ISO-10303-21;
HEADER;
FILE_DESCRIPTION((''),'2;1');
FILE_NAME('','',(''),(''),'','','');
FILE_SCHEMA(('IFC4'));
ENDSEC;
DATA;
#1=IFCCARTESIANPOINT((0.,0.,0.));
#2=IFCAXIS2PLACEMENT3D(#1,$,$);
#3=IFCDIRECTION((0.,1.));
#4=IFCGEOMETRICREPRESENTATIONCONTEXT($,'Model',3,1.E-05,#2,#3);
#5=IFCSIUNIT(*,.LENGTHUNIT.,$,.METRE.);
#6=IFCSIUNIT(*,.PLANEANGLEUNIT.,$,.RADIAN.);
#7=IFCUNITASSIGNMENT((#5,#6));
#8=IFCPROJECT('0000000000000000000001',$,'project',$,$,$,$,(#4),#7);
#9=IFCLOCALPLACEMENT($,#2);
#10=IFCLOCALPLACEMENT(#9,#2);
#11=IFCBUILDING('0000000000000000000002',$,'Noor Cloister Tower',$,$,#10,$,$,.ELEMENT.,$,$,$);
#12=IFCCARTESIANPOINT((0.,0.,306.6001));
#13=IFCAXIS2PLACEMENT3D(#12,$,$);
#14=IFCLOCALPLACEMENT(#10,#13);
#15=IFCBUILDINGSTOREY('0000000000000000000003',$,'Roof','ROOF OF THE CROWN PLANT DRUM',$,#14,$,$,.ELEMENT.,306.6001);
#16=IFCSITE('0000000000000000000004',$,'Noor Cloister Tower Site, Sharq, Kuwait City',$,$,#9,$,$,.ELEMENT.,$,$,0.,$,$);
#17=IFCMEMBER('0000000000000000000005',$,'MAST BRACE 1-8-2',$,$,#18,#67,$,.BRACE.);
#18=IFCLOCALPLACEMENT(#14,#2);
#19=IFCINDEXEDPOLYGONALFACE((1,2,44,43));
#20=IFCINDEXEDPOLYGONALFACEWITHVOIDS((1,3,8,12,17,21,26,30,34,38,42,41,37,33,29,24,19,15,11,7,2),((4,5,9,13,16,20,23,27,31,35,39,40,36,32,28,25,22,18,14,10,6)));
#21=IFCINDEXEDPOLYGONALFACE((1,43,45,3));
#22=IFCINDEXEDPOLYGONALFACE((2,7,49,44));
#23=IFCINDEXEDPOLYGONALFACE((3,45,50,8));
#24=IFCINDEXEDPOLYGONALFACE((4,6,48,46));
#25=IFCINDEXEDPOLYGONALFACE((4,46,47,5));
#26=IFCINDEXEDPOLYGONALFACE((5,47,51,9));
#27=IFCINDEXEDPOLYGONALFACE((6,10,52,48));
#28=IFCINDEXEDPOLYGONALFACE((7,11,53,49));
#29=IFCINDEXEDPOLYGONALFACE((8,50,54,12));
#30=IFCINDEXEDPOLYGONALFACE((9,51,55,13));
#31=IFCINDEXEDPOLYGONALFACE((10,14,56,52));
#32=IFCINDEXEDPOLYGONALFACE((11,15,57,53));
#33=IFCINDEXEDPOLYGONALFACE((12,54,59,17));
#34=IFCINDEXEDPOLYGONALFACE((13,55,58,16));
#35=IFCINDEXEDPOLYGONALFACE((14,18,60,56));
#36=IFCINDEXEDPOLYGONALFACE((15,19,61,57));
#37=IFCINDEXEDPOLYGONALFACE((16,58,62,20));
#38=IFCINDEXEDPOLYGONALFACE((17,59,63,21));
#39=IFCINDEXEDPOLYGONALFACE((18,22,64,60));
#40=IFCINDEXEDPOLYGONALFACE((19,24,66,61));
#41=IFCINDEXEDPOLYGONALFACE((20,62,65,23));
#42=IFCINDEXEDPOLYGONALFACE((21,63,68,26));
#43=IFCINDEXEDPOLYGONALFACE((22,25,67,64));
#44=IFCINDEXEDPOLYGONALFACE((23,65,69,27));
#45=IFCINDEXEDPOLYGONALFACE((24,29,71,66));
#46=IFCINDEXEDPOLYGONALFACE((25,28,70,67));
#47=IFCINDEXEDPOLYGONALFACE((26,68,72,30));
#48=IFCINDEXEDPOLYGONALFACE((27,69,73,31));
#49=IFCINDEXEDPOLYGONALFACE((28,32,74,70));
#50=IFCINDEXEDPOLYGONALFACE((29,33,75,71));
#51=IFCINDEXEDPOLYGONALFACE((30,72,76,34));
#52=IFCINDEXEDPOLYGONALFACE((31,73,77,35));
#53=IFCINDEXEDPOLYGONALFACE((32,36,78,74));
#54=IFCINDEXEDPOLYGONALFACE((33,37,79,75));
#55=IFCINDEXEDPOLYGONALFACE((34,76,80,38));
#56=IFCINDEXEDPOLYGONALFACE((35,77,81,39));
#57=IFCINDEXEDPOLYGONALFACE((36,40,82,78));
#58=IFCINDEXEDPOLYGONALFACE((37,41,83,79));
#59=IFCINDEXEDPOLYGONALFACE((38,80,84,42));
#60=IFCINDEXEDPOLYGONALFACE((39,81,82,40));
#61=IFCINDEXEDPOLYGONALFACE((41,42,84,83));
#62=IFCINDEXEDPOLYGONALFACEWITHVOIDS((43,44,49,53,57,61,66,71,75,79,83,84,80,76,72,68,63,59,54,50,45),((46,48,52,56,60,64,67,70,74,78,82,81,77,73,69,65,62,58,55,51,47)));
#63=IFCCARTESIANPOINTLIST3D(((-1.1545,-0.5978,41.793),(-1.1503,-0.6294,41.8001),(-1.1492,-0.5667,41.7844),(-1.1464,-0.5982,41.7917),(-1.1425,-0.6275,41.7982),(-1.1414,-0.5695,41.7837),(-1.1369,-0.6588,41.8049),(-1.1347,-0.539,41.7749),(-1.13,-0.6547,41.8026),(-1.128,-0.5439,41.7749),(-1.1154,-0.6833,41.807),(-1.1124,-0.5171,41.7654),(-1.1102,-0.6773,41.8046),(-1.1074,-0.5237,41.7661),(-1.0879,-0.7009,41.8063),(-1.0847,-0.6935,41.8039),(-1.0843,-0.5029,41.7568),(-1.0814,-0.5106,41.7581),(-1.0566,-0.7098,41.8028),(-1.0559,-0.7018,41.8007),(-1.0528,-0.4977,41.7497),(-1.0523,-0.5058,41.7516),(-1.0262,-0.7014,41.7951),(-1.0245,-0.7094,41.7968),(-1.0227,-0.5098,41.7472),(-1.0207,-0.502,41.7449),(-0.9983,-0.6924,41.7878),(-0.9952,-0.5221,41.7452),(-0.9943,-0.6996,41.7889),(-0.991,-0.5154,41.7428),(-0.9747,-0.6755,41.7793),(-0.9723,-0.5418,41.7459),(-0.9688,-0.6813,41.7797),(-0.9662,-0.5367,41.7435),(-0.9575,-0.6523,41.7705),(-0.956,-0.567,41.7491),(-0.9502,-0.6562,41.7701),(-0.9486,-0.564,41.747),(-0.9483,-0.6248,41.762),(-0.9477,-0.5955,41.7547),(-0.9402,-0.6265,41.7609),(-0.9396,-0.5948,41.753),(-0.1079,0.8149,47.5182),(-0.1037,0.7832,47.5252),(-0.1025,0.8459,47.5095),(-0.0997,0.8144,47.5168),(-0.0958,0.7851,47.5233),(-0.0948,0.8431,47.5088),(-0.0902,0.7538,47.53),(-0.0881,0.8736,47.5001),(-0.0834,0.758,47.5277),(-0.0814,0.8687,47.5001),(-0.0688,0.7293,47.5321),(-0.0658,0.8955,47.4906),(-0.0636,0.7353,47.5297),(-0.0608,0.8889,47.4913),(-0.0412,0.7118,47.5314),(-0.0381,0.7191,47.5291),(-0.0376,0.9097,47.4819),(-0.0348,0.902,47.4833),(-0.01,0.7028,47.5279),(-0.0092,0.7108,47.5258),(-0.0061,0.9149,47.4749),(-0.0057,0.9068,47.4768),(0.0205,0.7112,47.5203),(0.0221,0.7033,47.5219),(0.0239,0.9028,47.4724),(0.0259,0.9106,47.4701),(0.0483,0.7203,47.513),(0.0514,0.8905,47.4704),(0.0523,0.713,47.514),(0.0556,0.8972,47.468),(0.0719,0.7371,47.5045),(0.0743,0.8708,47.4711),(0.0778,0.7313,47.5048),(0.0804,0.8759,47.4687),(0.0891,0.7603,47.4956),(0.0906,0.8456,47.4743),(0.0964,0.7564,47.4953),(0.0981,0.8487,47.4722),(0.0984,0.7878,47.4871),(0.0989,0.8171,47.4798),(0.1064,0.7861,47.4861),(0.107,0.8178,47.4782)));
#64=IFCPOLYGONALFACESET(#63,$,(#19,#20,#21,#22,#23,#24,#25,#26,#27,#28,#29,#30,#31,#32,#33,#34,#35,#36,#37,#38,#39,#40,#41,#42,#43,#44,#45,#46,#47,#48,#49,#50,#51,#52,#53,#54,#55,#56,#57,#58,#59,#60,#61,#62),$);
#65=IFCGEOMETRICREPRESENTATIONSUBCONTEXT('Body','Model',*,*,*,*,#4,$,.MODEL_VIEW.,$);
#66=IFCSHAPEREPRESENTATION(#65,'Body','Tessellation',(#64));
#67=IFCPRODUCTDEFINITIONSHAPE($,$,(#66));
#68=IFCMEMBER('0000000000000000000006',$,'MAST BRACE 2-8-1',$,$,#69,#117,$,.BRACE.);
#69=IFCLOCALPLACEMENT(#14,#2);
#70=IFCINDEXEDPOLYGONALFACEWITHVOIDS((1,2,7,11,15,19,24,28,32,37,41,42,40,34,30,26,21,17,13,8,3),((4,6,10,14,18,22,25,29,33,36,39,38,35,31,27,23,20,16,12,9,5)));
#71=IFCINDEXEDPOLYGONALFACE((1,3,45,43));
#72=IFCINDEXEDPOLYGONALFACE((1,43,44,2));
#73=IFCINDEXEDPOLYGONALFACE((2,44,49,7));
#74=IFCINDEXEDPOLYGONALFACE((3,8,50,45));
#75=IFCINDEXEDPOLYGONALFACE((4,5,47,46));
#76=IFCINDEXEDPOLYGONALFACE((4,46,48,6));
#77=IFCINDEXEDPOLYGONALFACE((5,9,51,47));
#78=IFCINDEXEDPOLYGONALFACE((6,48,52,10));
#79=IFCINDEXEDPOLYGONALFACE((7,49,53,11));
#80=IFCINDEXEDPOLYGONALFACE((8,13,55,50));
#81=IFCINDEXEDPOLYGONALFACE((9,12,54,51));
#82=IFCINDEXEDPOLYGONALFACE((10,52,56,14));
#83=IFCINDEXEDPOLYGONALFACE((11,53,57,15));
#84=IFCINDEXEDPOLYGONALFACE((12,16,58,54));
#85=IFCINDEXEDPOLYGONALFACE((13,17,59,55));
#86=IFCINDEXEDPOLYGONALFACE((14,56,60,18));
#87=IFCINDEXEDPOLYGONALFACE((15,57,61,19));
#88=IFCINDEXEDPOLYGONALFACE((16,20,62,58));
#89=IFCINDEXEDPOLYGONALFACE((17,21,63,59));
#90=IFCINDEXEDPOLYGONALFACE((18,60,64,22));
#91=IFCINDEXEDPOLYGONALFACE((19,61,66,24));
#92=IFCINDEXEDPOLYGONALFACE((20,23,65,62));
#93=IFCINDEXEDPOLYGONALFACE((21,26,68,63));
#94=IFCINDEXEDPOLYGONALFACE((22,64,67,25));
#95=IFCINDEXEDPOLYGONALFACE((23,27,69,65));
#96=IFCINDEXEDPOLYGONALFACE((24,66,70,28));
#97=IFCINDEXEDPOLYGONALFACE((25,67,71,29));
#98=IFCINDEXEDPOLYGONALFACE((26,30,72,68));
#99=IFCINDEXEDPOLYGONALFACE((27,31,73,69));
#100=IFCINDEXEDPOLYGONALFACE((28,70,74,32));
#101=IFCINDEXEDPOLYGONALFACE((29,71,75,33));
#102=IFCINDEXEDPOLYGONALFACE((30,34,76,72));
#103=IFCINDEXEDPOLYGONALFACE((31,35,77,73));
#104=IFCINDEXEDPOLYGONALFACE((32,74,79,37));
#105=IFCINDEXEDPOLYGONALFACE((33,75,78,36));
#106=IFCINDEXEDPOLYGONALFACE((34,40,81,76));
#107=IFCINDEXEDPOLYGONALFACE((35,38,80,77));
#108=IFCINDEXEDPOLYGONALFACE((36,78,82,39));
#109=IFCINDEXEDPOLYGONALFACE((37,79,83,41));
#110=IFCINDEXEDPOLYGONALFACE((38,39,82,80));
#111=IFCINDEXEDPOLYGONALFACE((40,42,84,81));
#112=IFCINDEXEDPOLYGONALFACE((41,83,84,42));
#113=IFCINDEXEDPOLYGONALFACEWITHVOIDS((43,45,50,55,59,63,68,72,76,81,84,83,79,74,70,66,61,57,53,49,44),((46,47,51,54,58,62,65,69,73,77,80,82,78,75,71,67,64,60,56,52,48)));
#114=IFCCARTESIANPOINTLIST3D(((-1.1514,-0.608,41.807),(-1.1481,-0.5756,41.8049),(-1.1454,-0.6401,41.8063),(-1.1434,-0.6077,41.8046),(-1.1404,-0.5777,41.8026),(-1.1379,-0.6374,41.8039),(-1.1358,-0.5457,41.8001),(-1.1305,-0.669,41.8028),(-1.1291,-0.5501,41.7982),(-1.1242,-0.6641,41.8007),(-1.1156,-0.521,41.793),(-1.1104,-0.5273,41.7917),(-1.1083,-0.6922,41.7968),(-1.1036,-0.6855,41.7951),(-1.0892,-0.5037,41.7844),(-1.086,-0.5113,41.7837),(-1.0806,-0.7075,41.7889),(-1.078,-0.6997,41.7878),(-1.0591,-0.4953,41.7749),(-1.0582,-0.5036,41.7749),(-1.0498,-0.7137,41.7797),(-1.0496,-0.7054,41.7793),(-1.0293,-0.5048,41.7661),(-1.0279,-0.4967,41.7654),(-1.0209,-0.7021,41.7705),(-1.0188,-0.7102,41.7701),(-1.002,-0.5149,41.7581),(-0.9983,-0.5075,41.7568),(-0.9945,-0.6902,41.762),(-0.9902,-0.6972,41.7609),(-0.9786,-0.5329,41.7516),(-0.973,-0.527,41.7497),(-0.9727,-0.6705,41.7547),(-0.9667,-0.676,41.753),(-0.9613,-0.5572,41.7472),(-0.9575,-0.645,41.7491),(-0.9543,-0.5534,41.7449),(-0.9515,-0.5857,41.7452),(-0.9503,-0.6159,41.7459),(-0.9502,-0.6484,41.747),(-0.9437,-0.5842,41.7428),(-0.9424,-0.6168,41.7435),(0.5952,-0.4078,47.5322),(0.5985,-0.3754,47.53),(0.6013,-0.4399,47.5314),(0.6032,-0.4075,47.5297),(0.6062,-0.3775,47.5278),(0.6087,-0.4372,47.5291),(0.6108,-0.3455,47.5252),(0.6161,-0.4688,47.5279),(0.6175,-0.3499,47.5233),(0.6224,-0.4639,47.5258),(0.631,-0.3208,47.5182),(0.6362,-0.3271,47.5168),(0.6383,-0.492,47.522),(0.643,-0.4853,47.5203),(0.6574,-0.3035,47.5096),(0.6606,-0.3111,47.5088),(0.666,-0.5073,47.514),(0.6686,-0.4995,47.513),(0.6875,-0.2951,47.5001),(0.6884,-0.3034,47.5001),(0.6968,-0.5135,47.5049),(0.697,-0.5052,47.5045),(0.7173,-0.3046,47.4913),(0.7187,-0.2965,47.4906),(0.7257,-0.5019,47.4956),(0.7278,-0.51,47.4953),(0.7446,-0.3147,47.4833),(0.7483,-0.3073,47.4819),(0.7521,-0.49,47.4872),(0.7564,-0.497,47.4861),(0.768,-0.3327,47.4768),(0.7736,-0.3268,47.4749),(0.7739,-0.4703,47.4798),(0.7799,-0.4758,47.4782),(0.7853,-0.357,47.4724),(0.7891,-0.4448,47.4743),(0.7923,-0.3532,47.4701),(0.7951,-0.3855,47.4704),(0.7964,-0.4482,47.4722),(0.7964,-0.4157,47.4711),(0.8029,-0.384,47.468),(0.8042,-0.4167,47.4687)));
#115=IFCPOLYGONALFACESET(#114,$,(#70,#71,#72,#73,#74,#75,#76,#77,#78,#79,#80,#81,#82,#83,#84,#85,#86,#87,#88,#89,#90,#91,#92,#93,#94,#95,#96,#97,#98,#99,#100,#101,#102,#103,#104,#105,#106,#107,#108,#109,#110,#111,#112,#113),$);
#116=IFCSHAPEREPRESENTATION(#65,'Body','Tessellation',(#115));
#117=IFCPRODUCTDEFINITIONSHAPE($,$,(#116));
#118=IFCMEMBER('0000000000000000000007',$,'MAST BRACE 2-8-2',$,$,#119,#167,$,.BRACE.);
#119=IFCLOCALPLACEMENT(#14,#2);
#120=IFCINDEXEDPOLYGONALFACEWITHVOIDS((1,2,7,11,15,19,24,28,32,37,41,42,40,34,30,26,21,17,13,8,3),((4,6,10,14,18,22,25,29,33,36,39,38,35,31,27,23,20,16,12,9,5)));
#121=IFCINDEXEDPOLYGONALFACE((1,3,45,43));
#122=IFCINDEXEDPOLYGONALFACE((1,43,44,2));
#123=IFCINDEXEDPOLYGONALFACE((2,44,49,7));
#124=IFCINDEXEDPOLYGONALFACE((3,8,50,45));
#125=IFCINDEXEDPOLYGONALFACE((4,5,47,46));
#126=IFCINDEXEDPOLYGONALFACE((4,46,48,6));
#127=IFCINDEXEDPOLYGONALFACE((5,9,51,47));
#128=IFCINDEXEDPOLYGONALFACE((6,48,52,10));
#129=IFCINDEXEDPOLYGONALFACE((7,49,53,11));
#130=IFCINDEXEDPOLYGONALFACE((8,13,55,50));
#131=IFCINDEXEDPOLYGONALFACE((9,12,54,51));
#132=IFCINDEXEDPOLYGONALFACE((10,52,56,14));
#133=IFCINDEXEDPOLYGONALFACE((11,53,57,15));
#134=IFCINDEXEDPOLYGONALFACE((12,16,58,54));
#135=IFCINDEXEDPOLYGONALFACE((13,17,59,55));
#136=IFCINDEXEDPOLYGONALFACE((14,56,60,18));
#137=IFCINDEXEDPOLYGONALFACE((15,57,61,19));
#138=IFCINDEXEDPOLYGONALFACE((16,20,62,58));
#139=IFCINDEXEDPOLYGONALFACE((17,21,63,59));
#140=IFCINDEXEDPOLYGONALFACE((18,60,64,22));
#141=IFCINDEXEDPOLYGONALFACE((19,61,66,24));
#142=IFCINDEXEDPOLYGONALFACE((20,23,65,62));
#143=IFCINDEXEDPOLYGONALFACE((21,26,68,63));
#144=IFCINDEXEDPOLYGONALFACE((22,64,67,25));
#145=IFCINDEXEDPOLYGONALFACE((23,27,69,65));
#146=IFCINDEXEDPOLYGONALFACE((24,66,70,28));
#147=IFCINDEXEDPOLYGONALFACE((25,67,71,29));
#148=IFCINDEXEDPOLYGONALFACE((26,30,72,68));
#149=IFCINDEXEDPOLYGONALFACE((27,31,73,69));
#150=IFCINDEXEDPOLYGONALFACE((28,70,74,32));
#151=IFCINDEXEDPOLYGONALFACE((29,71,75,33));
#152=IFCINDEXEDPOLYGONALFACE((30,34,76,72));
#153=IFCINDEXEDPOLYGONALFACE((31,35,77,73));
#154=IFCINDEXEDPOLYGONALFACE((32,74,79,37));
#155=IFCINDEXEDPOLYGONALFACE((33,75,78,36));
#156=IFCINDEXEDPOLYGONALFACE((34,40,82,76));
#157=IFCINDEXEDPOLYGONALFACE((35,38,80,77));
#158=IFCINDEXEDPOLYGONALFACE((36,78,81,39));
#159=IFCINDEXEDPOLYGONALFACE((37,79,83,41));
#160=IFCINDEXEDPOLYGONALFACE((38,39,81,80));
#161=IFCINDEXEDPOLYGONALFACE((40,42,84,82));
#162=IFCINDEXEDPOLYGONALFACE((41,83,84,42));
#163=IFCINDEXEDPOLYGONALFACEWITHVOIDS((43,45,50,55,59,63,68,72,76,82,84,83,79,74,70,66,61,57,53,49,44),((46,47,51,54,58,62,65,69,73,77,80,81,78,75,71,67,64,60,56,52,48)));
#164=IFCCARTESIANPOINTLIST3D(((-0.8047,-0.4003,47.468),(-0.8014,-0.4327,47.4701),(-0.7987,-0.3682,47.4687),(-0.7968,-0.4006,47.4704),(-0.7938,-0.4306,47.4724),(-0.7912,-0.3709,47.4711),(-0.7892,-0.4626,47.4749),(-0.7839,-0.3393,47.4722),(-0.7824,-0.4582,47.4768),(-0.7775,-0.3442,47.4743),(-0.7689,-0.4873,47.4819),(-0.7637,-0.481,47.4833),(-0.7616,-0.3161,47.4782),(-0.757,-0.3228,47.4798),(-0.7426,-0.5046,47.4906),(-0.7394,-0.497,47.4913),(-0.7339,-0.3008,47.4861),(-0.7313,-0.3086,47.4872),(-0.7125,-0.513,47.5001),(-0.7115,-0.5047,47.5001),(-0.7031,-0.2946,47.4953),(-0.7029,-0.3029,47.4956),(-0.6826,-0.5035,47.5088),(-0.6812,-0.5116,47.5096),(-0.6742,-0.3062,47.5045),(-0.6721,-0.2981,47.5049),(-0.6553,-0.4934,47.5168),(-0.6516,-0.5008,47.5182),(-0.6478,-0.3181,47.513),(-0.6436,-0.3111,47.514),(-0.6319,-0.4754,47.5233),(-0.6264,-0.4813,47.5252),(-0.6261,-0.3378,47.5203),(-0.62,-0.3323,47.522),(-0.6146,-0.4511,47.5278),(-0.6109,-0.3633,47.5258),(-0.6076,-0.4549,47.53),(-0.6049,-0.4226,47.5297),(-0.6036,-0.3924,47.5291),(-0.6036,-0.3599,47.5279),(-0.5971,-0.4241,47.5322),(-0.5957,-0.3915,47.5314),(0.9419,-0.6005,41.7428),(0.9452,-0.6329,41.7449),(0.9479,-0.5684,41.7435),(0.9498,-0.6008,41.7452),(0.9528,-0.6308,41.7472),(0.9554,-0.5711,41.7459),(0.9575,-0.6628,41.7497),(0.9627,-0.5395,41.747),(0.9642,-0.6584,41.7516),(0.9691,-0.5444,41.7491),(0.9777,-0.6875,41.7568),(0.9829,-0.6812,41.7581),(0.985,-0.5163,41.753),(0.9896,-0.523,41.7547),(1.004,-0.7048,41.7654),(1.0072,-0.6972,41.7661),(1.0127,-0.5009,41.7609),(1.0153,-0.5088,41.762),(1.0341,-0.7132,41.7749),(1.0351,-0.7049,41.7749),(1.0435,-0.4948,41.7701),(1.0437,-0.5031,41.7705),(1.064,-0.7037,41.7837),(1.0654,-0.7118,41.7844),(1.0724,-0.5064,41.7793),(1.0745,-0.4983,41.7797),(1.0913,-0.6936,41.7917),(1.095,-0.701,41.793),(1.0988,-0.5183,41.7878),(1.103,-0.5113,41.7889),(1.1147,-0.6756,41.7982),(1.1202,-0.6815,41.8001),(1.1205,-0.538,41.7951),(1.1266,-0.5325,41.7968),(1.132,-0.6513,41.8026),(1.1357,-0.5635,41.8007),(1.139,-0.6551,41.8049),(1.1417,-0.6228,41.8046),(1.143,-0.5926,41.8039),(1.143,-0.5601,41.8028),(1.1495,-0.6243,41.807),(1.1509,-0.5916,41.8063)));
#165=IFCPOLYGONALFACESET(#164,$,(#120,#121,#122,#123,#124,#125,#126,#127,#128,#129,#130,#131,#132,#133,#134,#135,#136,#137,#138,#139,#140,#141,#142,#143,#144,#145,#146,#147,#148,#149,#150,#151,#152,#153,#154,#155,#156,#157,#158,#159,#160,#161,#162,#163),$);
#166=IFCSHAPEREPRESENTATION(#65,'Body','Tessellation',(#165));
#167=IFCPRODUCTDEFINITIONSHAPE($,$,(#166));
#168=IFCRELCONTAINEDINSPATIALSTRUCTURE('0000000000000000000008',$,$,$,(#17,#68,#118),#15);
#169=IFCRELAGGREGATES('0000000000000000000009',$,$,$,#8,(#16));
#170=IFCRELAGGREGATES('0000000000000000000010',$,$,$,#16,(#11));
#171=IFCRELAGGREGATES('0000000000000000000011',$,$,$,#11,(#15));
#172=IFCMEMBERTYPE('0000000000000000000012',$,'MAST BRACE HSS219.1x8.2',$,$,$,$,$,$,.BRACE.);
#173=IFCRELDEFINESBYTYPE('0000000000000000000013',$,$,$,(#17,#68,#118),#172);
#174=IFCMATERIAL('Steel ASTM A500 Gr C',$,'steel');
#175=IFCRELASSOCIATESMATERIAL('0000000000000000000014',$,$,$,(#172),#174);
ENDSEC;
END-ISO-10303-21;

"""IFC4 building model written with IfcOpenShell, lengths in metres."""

from ifc_helpers import new_model, si_unit, direction, frame, origin, origin_2d, place, context, subcontext, project, spatial, hollow_circle, extrude, material, material_profile, profile_set, type_object, element, save


model = new_model("IFC4")

# Units and contexts
model_context = context("Model", 3, precision=1e-05, world=origin(), true_north=direction((0.0, 1.0)))
body_context = subcontext(model_context, "Body", "Model", "MODEL_VIEW")
ifc_project = project(units=[si_unit("LENGTHUNIT", "METRE"), si_unit("PLANEANGLEUNIT", "RADIAN")], contexts=[model_context])

# Site, building, storey
site_placement = place(None, origin())
site = spatial("IfcSite", under=ifc_project, at=site_placement, Name="Noor Cloister Tower Site, Sharq, Kuwait City", CompositionType="ELEMENT", RefElevation=0.0)
building_placement = place(site_placement, origin())
building = spatial("IfcBuilding", under=site, at=building_placement, Name="Noor Cloister Tower", CompositionType="ELEMENT")
storey_placement = place(building_placement, frame((0.0, 0.0, 306.6001)))
storey = spatial("IfcBuildingStorey", under=building, at=storey_placement, Name="Roof", Description="ROOF OF THE CROWN PLANT DRUM", CompositionType="ELEMENT", Elevation=306.6001)

# Members
ifc_material_1 = material(Name="Steel ASTM A500 Gr C", Category="steel")
ifc_material_profile_1 = material_profile(ifc_material_1, hollow_circle(Radius=0.1096, WallThickness=0.0083, at=origin_2d()), Name="HSS219.1x8.2")
ifc_profile_set_1 = profile_set([ifc_material_profile_1], Name="Steel ASTM A500 Gr C")
member_type_1 = type_object("IfcMemberType", Name="MAST BRACE HSS219.1x8.2", PredefinedType="BRACE", material=ifc_profile_set_1)
for number, where, z_axis, x_axis, name in (
    (1, (-1.0466, -0.6042, 41.7749), (0.17476, 0.235867, 0.955942), (-0.803486, 0.595324, 0.0), "MAST BRACE 1-8-2"),
    (2, (-1.0466, -0.6042, 41.7749), (0.291635, 0.033428, 0.955945), (-0.113876, 0.993495, 0.0), "MAST BRACE 2-8-1"),
    (3, (1.0466, -0.6042, 41.7749), (-0.291635, 0.033428, 0.955945), (-0.113876, -0.993495, 0.0), "MAST BRACE 2-8-2"),
):
    element("IfcMember", number, at=place(storey_placement, frame(where, z_axis=z_axis, x_axis=x_axis)), inside=storey, type_object=member_type_1, Name=name, PredefinedType="BRACE", context=body_context, shape_type="SweptSolid", body=[
        extrude(hollow_circle(Radius=0.1096, WallThickness=0.0083, at=origin_2d()), origin(), (0.0, 0.0, 1.0), 5.989),
    ])

save(model, "model.ifc")
